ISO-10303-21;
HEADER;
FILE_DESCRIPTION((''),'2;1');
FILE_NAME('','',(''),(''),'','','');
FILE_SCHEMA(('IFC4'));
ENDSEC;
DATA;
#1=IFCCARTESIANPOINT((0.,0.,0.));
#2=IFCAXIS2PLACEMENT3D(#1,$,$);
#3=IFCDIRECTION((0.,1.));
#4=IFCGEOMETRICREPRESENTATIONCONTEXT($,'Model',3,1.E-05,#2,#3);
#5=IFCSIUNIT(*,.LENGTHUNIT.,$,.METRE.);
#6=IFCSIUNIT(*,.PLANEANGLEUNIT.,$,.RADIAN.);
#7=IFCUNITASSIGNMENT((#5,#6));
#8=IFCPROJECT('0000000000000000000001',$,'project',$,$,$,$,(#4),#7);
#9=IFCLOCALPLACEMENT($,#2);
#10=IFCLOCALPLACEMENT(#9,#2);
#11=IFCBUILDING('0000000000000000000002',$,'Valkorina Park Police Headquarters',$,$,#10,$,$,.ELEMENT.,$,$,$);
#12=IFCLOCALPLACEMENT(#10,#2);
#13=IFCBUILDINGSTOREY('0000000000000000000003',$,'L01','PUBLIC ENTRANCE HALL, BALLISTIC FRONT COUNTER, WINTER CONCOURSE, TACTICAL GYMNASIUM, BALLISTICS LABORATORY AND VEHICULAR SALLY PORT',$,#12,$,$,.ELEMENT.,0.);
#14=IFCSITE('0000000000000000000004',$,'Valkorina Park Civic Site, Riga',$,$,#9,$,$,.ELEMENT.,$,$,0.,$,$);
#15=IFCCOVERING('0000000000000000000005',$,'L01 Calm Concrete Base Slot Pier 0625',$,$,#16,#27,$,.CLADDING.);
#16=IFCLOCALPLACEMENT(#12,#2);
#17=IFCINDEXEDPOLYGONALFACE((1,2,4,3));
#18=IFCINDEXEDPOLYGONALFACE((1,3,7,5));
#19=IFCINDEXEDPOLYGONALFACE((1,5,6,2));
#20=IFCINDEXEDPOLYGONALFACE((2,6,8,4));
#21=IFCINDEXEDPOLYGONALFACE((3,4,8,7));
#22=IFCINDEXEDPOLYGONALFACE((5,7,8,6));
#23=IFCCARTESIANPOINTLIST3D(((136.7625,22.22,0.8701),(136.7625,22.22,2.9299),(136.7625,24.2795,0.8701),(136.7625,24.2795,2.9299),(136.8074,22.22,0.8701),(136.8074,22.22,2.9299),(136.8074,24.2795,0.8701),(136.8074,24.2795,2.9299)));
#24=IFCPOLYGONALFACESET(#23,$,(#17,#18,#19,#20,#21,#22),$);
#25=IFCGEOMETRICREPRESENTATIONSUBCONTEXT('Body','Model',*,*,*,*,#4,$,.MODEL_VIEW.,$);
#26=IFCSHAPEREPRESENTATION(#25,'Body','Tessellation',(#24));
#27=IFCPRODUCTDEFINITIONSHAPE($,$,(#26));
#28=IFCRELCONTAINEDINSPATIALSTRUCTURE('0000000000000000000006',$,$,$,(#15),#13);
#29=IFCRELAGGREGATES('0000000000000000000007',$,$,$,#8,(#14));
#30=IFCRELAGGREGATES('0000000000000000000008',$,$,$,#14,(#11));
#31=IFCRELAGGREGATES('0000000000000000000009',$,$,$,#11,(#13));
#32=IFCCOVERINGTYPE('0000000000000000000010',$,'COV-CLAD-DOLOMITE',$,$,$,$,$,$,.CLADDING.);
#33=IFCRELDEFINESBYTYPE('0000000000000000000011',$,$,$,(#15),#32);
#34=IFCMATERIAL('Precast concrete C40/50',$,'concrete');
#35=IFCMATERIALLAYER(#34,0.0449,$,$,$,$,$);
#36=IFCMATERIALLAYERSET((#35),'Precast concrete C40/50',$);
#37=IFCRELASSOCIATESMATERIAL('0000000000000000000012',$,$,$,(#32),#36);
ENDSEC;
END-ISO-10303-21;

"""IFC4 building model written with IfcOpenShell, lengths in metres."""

from ifc_helpers import new_model, si_unit, direction, frame, frame_2d, origin, place, context, subcontext, project, spatial, rectangle, extrude, material, layer, layer_set, type_object, element, save


model = new_model("IFC4")

# Units and contexts
model_context = context("Model", 3, precision=1e-05, world=origin(), true_north=direction((0.0, 1.0)))
body_context = subcontext(model_context, "Body", "Model", "MODEL_VIEW")
ifc_project = project(units=[si_unit("LENGTHUNIT", "METRE"), si_unit("PLANEANGLEUNIT", "RADIAN")], contexts=[model_context])

# Site, building, storey
site_placement = place(None, origin())
site = spatial("IfcSite", under=ifc_project, at=site_placement, Name="Valkorina Park Civic Site, Riga", CompositionType="ELEMENT", RefElevation=0.0)
building_placement = place(site_placement, origin())
building = spatial("IfcBuilding", under=site, at=building_placement, Name="Valkorina Park Police Headquarters", CompositionType="ELEMENT")
storey_placement = place(building_placement, origin())
storey = spatial("IfcBuildingStorey", under=building, at=storey_placement, Name="L01", Description="PUBLIC ENTRANCE HALL, BALLISTIC FRONT COUNTER, WINTER CONCOURSE, TACTICAL GYMNASIUM, BALLISTICS LABORATORY AND VEHICULAR SALLY PORT", CompositionType="ELEMENT", Elevation=0.0)

# Shared definitions
ifc_material_1 = material(Name="Precast concrete C40/50", Category="concrete")

# Covering
ifc_layer_1 = layer(ifc_material_1, 0.0449)
ifc_layer_set_1 = layer_set([ifc_layer_1], Name="Precast concrete C40/50")
covering_type = type_object("IfcCoveringType", Name="COV-CLAD-DOLOMITE", PredefinedType="CLADDING", material=ifc_layer_set_1)
covering_1_placement = place(storey_placement, frame((136.7849, 22.22, 0.8701), z_axis=(0.0, 0.0, 1.0), x_axis=(0.0, 1.0, 0.0)))
element("IfcCovering", 1, at=covering_1_placement, inside=storey, type_object=covering_type, Name="L01 Calm Concrete Base Slot Pier 0625", PredefinedType="CLADDING", context=body_context, shape_type="SweptSolid", body=[
    extrude(rectangle(XDim=2.0596, YDim=0.0449, at=frame_2d((1.0298, 0.0))), origin(), (0.0, 0.0, 1.0), 2.0598),
])

save(model, "model.ifc")
